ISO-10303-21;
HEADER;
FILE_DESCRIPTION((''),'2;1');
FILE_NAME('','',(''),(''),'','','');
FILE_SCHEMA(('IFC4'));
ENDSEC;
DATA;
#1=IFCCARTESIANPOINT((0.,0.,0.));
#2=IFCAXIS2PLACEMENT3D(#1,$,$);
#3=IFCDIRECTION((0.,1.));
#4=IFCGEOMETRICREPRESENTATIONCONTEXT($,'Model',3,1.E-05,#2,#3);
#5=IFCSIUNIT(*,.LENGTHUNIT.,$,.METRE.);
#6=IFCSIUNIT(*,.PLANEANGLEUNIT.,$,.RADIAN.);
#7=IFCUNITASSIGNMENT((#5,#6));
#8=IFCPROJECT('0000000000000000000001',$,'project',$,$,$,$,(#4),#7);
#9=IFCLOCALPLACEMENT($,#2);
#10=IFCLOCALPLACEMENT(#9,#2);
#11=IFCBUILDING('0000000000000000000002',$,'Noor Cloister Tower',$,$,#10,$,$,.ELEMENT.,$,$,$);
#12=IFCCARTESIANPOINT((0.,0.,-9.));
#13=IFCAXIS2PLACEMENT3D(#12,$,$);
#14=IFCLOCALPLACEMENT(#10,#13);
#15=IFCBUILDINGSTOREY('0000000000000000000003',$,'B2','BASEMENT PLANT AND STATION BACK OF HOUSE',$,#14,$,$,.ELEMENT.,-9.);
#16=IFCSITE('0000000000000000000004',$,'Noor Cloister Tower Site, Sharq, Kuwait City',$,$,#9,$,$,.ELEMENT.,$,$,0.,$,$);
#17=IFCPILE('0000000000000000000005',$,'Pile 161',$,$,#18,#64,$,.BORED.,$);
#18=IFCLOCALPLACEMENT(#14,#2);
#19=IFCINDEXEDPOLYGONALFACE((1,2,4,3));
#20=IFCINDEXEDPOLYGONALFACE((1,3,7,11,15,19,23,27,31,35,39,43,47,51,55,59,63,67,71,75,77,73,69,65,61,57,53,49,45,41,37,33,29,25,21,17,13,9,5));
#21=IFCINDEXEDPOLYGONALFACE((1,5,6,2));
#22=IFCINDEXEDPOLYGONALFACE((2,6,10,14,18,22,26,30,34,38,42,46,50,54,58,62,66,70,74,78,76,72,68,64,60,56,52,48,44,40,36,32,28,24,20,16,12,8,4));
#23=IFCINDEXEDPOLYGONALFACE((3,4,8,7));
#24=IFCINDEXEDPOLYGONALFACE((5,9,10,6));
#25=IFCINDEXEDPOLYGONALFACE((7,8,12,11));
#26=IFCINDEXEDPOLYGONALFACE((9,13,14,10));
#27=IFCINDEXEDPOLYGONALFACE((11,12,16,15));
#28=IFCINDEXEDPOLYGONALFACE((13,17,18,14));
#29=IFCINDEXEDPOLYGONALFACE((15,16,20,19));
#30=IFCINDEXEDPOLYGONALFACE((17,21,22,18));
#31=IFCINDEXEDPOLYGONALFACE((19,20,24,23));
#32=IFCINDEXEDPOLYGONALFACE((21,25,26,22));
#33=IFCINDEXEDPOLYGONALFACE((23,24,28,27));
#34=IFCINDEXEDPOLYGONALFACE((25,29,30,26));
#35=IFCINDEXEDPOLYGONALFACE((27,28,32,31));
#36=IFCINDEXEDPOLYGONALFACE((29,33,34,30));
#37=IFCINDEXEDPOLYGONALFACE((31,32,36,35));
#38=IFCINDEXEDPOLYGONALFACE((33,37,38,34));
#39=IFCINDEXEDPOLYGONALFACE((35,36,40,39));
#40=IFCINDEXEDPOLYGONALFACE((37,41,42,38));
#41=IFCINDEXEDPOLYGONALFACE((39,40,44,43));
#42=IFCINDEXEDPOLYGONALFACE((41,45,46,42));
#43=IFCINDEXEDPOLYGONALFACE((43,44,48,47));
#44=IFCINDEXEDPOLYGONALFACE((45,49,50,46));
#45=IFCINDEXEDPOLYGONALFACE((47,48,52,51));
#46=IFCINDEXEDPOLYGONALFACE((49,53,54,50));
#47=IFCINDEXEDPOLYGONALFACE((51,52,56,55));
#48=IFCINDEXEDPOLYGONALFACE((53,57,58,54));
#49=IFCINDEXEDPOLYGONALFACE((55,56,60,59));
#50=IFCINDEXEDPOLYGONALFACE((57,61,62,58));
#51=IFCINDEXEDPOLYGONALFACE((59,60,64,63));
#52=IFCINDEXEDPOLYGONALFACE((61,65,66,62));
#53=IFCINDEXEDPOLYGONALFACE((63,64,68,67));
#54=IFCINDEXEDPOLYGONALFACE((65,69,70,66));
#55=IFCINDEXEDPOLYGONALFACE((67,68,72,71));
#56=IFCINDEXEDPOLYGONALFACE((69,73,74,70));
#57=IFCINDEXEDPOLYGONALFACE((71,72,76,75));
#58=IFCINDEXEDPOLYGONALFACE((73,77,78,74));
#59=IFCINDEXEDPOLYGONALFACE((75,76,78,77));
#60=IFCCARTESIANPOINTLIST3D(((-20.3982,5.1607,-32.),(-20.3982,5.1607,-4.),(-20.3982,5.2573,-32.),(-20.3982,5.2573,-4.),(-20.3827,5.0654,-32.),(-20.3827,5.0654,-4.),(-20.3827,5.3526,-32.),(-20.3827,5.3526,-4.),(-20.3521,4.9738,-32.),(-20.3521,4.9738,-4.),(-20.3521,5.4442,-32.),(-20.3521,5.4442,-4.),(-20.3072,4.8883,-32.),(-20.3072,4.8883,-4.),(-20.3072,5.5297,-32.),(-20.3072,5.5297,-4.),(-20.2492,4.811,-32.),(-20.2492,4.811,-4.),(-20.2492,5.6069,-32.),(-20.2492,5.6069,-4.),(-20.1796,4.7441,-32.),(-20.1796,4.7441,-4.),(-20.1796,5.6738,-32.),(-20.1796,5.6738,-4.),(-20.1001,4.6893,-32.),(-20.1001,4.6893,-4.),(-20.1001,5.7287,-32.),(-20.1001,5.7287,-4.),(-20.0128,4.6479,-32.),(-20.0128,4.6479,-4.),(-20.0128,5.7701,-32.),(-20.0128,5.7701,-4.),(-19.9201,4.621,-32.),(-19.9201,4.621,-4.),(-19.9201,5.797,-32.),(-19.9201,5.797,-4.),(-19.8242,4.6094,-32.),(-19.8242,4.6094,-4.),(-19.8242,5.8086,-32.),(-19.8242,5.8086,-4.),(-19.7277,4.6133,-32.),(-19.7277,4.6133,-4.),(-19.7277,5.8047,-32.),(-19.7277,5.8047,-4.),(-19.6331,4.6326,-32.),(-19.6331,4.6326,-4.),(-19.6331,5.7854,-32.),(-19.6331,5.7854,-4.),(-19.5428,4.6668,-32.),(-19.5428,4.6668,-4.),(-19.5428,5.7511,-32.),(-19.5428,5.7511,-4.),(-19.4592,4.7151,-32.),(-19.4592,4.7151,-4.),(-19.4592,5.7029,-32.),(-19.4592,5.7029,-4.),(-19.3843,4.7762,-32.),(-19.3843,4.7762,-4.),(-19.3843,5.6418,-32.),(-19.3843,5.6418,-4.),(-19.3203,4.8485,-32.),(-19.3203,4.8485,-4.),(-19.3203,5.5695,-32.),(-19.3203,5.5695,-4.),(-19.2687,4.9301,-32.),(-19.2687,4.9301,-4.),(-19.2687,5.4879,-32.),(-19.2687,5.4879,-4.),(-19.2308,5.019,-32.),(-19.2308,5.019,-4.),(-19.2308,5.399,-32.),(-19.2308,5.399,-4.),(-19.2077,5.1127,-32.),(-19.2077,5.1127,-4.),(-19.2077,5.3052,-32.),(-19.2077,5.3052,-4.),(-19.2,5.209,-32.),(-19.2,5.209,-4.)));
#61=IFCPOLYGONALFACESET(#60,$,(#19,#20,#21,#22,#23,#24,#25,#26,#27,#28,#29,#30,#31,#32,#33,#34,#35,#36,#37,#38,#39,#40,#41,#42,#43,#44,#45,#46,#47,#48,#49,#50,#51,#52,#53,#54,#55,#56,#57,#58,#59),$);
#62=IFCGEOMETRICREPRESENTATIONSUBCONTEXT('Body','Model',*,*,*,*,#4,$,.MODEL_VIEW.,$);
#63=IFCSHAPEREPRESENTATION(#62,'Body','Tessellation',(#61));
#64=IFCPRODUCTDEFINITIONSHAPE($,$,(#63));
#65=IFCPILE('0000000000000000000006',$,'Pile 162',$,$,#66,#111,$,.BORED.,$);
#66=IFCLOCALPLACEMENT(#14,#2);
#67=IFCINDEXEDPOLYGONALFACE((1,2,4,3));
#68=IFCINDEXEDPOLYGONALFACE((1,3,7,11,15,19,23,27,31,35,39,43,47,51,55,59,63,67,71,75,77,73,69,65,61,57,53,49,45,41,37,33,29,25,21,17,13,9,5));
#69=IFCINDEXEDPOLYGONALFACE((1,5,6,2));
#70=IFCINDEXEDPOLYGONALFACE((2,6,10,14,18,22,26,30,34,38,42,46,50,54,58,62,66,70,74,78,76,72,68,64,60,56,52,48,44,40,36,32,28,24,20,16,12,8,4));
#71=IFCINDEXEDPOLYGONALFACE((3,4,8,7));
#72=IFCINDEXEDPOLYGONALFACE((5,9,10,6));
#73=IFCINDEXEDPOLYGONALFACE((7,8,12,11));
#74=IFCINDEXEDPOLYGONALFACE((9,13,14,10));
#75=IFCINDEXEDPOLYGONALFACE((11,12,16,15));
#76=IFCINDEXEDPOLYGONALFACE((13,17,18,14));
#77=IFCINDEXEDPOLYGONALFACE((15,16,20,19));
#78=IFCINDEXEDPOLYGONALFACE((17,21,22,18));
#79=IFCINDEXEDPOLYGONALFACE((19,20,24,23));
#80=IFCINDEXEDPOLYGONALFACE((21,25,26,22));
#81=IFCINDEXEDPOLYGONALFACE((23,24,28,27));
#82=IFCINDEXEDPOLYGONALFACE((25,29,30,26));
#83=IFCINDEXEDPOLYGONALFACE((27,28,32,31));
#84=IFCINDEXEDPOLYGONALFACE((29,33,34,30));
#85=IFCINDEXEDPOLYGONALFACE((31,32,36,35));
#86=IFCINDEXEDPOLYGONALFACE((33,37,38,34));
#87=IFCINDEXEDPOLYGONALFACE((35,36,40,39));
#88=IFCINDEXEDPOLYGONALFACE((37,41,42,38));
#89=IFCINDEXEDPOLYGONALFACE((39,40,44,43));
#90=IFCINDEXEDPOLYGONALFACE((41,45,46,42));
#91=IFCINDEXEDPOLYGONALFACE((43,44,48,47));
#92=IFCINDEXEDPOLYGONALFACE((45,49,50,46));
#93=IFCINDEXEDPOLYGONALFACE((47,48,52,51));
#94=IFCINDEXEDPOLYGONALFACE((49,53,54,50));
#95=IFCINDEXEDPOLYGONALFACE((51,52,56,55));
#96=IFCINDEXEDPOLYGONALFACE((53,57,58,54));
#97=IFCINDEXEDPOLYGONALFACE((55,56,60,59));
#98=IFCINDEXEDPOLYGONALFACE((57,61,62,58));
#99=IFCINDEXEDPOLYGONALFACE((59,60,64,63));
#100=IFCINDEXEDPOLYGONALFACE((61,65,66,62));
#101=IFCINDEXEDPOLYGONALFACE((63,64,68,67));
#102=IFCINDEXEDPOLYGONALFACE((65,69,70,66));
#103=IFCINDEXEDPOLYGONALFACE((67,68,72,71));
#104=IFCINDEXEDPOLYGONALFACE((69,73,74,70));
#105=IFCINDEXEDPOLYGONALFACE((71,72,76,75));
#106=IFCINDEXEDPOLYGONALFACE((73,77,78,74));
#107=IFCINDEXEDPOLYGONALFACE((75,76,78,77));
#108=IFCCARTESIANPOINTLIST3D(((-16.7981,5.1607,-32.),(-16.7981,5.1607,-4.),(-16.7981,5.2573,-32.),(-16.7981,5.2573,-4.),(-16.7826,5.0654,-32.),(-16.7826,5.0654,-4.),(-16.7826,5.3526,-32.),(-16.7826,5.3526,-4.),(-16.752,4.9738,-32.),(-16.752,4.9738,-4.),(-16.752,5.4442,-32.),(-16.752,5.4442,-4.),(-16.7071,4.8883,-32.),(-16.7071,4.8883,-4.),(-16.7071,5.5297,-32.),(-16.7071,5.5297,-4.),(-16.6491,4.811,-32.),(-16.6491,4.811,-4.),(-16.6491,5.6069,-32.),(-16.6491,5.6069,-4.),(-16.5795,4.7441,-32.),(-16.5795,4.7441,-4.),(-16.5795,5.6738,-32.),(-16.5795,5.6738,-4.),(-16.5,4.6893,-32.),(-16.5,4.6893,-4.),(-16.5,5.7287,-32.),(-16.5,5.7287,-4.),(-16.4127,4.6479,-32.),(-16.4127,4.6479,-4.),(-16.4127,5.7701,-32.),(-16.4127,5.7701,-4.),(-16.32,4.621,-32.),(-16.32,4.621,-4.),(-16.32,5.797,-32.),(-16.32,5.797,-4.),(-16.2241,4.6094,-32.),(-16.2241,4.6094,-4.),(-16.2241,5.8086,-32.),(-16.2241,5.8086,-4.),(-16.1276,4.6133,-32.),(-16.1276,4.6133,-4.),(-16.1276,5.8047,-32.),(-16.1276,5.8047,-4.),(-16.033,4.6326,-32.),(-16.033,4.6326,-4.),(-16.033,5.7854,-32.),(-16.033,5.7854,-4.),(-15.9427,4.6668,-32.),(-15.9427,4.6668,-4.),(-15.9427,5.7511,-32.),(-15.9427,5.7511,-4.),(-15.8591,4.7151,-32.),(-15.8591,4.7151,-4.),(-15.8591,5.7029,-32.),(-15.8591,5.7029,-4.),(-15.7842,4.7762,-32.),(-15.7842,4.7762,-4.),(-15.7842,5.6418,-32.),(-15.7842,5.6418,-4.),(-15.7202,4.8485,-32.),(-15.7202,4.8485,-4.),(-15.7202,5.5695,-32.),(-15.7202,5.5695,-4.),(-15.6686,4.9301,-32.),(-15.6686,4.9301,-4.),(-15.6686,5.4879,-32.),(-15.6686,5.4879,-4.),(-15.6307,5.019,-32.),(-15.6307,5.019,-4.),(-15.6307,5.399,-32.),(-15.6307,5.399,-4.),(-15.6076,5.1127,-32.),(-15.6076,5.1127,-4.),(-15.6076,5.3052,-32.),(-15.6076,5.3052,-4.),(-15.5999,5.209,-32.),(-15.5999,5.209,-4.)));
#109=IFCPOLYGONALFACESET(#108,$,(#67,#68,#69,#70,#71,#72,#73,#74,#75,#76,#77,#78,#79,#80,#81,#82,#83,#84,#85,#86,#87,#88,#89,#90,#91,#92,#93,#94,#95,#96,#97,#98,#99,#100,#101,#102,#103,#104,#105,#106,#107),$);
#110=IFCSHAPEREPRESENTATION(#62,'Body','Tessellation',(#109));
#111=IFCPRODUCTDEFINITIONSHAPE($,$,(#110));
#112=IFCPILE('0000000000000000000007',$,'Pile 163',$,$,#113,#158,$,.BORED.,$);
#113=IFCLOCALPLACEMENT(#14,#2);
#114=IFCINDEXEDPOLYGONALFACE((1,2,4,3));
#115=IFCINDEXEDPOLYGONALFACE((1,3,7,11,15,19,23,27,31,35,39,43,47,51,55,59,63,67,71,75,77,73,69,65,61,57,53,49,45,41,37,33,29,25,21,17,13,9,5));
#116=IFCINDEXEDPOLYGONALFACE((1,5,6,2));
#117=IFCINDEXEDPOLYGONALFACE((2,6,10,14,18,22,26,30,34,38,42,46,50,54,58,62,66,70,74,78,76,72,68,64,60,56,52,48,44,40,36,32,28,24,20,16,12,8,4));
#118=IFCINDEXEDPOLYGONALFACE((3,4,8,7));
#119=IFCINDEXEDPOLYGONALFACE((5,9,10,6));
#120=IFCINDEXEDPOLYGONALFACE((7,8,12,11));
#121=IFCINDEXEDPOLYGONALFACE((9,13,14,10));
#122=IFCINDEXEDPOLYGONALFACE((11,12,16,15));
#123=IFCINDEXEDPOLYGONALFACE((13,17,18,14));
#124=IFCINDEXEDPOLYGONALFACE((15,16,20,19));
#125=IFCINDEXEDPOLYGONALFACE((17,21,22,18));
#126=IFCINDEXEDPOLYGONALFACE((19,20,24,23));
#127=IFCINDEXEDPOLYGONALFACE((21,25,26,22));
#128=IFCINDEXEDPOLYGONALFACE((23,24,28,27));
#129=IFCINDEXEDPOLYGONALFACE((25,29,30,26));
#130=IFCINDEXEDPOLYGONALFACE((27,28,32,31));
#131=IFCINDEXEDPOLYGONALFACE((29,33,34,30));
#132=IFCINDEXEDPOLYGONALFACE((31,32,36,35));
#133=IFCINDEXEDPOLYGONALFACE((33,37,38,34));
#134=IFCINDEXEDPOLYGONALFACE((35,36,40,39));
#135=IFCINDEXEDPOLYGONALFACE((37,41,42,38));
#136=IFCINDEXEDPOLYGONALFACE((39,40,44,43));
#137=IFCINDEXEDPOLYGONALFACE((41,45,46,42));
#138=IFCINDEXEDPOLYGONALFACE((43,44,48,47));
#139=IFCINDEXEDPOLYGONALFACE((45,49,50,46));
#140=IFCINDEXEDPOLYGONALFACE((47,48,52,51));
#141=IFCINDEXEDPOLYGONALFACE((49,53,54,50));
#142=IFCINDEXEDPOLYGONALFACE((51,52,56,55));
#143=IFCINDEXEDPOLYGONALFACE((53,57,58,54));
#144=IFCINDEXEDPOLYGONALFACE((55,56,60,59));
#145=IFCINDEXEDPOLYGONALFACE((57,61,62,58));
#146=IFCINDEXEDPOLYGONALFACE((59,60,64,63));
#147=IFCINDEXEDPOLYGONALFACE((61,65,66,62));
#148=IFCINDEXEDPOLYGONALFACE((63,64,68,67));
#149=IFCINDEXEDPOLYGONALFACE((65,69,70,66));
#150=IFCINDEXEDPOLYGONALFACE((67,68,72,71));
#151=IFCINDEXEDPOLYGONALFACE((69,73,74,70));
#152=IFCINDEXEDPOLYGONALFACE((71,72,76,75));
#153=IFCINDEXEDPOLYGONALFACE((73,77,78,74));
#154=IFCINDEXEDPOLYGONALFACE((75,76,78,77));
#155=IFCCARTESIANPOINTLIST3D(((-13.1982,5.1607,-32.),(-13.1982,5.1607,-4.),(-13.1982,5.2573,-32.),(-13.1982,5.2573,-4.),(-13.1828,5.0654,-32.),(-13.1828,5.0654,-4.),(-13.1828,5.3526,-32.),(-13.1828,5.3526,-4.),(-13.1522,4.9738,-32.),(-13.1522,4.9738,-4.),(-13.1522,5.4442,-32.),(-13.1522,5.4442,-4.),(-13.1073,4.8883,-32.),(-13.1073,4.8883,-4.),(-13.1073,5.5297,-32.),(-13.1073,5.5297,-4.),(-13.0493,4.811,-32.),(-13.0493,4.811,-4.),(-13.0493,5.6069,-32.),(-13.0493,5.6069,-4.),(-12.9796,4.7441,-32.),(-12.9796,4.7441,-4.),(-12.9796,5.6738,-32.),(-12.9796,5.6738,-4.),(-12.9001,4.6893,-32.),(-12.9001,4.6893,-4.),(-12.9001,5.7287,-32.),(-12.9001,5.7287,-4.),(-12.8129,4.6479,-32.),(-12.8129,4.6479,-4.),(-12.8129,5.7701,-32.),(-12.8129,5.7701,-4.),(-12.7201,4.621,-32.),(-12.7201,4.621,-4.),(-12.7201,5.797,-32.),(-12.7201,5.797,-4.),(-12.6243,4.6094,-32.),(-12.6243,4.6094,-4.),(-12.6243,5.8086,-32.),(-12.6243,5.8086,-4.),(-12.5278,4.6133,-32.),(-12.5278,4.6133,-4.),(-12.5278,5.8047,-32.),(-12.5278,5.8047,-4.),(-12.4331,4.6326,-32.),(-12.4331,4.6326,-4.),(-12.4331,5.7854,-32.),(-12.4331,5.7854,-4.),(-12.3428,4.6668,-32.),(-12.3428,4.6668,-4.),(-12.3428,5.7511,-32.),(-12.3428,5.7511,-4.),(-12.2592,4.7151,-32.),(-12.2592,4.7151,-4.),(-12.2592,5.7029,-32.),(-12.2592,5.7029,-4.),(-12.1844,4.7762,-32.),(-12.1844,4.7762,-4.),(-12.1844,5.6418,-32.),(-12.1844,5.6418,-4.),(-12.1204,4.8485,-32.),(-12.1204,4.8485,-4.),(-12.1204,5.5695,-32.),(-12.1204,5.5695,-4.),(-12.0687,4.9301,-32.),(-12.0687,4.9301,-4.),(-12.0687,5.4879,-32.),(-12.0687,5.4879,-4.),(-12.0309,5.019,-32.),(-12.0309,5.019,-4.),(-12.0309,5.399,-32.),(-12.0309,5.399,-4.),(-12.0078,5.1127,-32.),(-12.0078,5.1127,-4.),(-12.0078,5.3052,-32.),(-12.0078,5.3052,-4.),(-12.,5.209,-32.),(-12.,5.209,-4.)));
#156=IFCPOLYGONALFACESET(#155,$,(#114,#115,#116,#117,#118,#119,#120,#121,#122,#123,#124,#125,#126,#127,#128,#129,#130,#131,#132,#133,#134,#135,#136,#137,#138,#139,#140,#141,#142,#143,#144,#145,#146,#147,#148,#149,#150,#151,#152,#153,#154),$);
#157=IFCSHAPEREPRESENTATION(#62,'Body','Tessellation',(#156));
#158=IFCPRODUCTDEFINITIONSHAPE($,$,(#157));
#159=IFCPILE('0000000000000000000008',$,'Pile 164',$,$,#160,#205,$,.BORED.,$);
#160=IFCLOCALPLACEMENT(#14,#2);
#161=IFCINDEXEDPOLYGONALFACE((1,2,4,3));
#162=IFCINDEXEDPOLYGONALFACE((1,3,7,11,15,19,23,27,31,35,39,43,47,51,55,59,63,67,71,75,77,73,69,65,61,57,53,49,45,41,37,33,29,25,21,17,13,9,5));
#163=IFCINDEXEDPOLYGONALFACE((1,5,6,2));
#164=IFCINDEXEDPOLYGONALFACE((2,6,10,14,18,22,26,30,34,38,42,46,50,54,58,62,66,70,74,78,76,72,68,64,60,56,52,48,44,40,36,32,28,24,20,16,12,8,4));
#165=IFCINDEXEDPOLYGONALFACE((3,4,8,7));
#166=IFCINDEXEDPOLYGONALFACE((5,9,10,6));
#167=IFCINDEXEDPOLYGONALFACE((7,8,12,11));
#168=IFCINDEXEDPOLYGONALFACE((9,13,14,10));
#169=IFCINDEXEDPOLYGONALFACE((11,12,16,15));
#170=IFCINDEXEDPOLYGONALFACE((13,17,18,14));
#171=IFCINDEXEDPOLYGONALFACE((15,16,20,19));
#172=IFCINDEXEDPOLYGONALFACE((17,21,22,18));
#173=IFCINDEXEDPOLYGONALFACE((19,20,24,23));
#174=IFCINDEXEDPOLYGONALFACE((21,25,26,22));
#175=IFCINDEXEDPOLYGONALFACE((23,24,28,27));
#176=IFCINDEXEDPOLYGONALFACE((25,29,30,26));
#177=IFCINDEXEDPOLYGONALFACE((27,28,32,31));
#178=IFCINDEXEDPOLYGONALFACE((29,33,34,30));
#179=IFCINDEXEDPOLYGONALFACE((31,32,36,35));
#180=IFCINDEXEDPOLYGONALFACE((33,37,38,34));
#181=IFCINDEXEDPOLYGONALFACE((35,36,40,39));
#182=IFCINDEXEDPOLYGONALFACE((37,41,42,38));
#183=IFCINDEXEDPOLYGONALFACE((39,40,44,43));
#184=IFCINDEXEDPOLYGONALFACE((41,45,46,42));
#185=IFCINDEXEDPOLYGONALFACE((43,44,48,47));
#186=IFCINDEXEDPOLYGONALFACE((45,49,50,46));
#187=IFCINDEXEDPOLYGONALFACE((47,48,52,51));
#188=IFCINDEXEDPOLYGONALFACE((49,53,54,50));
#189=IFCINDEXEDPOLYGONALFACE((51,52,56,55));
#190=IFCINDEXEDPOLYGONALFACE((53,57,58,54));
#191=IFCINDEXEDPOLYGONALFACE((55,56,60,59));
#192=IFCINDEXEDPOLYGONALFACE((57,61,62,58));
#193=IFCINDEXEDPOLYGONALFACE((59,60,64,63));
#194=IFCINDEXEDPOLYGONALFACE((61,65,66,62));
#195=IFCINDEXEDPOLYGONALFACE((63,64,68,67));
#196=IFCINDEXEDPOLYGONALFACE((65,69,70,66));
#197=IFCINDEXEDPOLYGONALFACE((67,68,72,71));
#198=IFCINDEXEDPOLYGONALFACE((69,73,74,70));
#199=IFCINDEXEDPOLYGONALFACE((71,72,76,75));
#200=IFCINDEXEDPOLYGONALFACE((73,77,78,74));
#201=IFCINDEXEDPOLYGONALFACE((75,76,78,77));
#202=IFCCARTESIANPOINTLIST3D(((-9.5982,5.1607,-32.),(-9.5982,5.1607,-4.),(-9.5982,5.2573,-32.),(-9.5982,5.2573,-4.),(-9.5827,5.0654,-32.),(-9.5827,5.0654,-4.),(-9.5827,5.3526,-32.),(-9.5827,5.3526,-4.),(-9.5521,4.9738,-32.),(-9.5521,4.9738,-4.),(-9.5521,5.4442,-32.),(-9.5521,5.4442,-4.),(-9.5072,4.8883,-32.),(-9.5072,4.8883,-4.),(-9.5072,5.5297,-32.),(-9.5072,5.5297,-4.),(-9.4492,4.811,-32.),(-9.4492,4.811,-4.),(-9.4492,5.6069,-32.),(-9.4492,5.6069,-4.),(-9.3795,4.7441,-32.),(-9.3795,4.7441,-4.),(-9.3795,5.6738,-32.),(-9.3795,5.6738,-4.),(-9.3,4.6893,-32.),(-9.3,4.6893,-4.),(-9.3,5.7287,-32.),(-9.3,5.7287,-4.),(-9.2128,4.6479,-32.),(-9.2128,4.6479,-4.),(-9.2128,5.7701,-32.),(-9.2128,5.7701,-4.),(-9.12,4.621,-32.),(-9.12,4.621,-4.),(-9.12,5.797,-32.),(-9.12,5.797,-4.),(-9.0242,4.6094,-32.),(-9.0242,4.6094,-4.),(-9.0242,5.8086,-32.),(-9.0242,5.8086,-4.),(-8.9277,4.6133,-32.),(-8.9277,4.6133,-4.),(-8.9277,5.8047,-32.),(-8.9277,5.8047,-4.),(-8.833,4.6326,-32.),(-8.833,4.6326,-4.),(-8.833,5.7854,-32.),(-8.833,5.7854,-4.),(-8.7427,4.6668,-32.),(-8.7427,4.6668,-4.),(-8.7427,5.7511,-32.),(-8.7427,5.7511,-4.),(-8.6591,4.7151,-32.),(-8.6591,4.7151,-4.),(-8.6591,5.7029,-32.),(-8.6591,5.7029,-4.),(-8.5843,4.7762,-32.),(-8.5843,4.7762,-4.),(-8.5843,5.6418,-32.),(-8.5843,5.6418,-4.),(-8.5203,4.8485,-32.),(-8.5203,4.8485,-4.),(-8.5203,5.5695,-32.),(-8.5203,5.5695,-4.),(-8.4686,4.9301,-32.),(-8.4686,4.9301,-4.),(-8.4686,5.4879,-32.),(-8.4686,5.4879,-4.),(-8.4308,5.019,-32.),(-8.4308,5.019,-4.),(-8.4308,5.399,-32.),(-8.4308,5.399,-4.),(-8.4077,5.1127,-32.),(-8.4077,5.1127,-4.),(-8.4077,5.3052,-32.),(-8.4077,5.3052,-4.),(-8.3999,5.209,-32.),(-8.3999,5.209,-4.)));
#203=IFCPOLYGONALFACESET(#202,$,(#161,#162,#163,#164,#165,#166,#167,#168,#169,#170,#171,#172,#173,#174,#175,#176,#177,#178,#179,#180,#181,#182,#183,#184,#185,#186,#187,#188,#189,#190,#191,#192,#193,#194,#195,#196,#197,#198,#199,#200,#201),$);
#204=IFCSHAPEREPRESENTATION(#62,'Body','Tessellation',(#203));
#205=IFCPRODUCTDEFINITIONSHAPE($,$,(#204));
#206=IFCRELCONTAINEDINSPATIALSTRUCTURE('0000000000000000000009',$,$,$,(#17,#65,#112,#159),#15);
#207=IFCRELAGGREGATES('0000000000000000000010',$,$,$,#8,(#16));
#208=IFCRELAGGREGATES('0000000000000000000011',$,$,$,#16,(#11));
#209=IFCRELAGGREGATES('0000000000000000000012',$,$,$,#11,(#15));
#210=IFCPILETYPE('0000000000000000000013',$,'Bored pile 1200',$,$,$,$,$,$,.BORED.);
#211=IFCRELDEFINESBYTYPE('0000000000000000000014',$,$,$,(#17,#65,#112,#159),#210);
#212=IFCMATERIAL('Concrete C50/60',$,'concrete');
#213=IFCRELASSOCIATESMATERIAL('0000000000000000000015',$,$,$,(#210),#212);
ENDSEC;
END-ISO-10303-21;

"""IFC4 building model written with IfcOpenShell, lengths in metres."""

from ifc_helpers import new_model, si_unit, direction, frame, origin, origin_2d, place, context, subcontext, project, spatial, circle, extrude, material, material_profile, profile_set, type_object, element, save


model = new_model("IFC4")

# Units and contexts
model_context = context("Model", 3, precision=1e-05, world=origin(), true_north=direction((0.0, 1.0)))
body_context = subcontext(model_context, "Body", "Model", "MODEL_VIEW")
ifc_project = project(units=[si_unit("LENGTHUNIT", "METRE"), si_unit("PLANEANGLEUNIT", "RADIAN")], contexts=[model_context])

# Site, building, storey
site_placement = place(None, origin())
site = spatial("IfcSite", under=ifc_project, at=site_placement, Name="Noor Cloister Tower Site, Sharq, Kuwait City", CompositionType="ELEMENT", RefElevation=0.0)
building_placement = place(site_placement, origin())
building = spatial("IfcBuilding", under=site, at=building_placement, Name="Noor Cloister Tower", CompositionType="ELEMENT")
storey_placement = place(building_placement, frame((0.0, 0.0, -9.0)))
storey = spatial("IfcBuildingStorey", under=building, at=storey_placement, Name="B2", Description="BASEMENT PLANT AND STATION BACK OF HOUSE", CompositionType="ELEMENT", Elevation=-9.0)

# Piles
ifc_material_1 = material(Name="Concrete C50/60", Category="concrete")
ifc_material_profile_1 = material_profile(ifc_material_1, circle(Radius=0.6001, at=origin_2d()), Name="Bored pile 1200")
ifc_profile_set_1 = profile_set([ifc_material_profile_1], Name="Concrete C50/60")
pile_type = type_object("IfcPileType", Name="Bored pile 1200", PredefinedType="BORED", material=ifc_profile_set_1)
for number, where, z_axis, x_axis, name in (
    (1, (-19.8, 5.209, -4.0), (0.0, 0.0, -1.0), (1.0, 0.0, 0.0), "Pile 161"),
    (2, (-16.2, 5.209, -4.0), (0.0, 0.0, -1.0), (1.0, 0.0, 0.0), "Pile 162"),
    (3, (-12.6001, 5.209, -4.0), (0.0, 0.0, -1.0), (1.0, 0.0, 0.0), "Pile 163"),
    (4, (-9.0, 5.209, -4.0), (0.0, 0.0, -1.0), (1.0, 0.0, 0.0), "Pile 164"),
):
    element("IfcPile", number, at=place(storey_placement, frame(where, z_axis=z_axis, x_axis=x_axis)), inside=storey, type_object=pile_type, Name=name, PredefinedType="BORED", context=body_context, shape_type="SweptSolid", body=[
        extrude(circle(Radius=0.6001, at=origin_2d()), origin(), (0.0, 0.0, 1.0), 28.0),
    ])

save(model, "model.ifc")
